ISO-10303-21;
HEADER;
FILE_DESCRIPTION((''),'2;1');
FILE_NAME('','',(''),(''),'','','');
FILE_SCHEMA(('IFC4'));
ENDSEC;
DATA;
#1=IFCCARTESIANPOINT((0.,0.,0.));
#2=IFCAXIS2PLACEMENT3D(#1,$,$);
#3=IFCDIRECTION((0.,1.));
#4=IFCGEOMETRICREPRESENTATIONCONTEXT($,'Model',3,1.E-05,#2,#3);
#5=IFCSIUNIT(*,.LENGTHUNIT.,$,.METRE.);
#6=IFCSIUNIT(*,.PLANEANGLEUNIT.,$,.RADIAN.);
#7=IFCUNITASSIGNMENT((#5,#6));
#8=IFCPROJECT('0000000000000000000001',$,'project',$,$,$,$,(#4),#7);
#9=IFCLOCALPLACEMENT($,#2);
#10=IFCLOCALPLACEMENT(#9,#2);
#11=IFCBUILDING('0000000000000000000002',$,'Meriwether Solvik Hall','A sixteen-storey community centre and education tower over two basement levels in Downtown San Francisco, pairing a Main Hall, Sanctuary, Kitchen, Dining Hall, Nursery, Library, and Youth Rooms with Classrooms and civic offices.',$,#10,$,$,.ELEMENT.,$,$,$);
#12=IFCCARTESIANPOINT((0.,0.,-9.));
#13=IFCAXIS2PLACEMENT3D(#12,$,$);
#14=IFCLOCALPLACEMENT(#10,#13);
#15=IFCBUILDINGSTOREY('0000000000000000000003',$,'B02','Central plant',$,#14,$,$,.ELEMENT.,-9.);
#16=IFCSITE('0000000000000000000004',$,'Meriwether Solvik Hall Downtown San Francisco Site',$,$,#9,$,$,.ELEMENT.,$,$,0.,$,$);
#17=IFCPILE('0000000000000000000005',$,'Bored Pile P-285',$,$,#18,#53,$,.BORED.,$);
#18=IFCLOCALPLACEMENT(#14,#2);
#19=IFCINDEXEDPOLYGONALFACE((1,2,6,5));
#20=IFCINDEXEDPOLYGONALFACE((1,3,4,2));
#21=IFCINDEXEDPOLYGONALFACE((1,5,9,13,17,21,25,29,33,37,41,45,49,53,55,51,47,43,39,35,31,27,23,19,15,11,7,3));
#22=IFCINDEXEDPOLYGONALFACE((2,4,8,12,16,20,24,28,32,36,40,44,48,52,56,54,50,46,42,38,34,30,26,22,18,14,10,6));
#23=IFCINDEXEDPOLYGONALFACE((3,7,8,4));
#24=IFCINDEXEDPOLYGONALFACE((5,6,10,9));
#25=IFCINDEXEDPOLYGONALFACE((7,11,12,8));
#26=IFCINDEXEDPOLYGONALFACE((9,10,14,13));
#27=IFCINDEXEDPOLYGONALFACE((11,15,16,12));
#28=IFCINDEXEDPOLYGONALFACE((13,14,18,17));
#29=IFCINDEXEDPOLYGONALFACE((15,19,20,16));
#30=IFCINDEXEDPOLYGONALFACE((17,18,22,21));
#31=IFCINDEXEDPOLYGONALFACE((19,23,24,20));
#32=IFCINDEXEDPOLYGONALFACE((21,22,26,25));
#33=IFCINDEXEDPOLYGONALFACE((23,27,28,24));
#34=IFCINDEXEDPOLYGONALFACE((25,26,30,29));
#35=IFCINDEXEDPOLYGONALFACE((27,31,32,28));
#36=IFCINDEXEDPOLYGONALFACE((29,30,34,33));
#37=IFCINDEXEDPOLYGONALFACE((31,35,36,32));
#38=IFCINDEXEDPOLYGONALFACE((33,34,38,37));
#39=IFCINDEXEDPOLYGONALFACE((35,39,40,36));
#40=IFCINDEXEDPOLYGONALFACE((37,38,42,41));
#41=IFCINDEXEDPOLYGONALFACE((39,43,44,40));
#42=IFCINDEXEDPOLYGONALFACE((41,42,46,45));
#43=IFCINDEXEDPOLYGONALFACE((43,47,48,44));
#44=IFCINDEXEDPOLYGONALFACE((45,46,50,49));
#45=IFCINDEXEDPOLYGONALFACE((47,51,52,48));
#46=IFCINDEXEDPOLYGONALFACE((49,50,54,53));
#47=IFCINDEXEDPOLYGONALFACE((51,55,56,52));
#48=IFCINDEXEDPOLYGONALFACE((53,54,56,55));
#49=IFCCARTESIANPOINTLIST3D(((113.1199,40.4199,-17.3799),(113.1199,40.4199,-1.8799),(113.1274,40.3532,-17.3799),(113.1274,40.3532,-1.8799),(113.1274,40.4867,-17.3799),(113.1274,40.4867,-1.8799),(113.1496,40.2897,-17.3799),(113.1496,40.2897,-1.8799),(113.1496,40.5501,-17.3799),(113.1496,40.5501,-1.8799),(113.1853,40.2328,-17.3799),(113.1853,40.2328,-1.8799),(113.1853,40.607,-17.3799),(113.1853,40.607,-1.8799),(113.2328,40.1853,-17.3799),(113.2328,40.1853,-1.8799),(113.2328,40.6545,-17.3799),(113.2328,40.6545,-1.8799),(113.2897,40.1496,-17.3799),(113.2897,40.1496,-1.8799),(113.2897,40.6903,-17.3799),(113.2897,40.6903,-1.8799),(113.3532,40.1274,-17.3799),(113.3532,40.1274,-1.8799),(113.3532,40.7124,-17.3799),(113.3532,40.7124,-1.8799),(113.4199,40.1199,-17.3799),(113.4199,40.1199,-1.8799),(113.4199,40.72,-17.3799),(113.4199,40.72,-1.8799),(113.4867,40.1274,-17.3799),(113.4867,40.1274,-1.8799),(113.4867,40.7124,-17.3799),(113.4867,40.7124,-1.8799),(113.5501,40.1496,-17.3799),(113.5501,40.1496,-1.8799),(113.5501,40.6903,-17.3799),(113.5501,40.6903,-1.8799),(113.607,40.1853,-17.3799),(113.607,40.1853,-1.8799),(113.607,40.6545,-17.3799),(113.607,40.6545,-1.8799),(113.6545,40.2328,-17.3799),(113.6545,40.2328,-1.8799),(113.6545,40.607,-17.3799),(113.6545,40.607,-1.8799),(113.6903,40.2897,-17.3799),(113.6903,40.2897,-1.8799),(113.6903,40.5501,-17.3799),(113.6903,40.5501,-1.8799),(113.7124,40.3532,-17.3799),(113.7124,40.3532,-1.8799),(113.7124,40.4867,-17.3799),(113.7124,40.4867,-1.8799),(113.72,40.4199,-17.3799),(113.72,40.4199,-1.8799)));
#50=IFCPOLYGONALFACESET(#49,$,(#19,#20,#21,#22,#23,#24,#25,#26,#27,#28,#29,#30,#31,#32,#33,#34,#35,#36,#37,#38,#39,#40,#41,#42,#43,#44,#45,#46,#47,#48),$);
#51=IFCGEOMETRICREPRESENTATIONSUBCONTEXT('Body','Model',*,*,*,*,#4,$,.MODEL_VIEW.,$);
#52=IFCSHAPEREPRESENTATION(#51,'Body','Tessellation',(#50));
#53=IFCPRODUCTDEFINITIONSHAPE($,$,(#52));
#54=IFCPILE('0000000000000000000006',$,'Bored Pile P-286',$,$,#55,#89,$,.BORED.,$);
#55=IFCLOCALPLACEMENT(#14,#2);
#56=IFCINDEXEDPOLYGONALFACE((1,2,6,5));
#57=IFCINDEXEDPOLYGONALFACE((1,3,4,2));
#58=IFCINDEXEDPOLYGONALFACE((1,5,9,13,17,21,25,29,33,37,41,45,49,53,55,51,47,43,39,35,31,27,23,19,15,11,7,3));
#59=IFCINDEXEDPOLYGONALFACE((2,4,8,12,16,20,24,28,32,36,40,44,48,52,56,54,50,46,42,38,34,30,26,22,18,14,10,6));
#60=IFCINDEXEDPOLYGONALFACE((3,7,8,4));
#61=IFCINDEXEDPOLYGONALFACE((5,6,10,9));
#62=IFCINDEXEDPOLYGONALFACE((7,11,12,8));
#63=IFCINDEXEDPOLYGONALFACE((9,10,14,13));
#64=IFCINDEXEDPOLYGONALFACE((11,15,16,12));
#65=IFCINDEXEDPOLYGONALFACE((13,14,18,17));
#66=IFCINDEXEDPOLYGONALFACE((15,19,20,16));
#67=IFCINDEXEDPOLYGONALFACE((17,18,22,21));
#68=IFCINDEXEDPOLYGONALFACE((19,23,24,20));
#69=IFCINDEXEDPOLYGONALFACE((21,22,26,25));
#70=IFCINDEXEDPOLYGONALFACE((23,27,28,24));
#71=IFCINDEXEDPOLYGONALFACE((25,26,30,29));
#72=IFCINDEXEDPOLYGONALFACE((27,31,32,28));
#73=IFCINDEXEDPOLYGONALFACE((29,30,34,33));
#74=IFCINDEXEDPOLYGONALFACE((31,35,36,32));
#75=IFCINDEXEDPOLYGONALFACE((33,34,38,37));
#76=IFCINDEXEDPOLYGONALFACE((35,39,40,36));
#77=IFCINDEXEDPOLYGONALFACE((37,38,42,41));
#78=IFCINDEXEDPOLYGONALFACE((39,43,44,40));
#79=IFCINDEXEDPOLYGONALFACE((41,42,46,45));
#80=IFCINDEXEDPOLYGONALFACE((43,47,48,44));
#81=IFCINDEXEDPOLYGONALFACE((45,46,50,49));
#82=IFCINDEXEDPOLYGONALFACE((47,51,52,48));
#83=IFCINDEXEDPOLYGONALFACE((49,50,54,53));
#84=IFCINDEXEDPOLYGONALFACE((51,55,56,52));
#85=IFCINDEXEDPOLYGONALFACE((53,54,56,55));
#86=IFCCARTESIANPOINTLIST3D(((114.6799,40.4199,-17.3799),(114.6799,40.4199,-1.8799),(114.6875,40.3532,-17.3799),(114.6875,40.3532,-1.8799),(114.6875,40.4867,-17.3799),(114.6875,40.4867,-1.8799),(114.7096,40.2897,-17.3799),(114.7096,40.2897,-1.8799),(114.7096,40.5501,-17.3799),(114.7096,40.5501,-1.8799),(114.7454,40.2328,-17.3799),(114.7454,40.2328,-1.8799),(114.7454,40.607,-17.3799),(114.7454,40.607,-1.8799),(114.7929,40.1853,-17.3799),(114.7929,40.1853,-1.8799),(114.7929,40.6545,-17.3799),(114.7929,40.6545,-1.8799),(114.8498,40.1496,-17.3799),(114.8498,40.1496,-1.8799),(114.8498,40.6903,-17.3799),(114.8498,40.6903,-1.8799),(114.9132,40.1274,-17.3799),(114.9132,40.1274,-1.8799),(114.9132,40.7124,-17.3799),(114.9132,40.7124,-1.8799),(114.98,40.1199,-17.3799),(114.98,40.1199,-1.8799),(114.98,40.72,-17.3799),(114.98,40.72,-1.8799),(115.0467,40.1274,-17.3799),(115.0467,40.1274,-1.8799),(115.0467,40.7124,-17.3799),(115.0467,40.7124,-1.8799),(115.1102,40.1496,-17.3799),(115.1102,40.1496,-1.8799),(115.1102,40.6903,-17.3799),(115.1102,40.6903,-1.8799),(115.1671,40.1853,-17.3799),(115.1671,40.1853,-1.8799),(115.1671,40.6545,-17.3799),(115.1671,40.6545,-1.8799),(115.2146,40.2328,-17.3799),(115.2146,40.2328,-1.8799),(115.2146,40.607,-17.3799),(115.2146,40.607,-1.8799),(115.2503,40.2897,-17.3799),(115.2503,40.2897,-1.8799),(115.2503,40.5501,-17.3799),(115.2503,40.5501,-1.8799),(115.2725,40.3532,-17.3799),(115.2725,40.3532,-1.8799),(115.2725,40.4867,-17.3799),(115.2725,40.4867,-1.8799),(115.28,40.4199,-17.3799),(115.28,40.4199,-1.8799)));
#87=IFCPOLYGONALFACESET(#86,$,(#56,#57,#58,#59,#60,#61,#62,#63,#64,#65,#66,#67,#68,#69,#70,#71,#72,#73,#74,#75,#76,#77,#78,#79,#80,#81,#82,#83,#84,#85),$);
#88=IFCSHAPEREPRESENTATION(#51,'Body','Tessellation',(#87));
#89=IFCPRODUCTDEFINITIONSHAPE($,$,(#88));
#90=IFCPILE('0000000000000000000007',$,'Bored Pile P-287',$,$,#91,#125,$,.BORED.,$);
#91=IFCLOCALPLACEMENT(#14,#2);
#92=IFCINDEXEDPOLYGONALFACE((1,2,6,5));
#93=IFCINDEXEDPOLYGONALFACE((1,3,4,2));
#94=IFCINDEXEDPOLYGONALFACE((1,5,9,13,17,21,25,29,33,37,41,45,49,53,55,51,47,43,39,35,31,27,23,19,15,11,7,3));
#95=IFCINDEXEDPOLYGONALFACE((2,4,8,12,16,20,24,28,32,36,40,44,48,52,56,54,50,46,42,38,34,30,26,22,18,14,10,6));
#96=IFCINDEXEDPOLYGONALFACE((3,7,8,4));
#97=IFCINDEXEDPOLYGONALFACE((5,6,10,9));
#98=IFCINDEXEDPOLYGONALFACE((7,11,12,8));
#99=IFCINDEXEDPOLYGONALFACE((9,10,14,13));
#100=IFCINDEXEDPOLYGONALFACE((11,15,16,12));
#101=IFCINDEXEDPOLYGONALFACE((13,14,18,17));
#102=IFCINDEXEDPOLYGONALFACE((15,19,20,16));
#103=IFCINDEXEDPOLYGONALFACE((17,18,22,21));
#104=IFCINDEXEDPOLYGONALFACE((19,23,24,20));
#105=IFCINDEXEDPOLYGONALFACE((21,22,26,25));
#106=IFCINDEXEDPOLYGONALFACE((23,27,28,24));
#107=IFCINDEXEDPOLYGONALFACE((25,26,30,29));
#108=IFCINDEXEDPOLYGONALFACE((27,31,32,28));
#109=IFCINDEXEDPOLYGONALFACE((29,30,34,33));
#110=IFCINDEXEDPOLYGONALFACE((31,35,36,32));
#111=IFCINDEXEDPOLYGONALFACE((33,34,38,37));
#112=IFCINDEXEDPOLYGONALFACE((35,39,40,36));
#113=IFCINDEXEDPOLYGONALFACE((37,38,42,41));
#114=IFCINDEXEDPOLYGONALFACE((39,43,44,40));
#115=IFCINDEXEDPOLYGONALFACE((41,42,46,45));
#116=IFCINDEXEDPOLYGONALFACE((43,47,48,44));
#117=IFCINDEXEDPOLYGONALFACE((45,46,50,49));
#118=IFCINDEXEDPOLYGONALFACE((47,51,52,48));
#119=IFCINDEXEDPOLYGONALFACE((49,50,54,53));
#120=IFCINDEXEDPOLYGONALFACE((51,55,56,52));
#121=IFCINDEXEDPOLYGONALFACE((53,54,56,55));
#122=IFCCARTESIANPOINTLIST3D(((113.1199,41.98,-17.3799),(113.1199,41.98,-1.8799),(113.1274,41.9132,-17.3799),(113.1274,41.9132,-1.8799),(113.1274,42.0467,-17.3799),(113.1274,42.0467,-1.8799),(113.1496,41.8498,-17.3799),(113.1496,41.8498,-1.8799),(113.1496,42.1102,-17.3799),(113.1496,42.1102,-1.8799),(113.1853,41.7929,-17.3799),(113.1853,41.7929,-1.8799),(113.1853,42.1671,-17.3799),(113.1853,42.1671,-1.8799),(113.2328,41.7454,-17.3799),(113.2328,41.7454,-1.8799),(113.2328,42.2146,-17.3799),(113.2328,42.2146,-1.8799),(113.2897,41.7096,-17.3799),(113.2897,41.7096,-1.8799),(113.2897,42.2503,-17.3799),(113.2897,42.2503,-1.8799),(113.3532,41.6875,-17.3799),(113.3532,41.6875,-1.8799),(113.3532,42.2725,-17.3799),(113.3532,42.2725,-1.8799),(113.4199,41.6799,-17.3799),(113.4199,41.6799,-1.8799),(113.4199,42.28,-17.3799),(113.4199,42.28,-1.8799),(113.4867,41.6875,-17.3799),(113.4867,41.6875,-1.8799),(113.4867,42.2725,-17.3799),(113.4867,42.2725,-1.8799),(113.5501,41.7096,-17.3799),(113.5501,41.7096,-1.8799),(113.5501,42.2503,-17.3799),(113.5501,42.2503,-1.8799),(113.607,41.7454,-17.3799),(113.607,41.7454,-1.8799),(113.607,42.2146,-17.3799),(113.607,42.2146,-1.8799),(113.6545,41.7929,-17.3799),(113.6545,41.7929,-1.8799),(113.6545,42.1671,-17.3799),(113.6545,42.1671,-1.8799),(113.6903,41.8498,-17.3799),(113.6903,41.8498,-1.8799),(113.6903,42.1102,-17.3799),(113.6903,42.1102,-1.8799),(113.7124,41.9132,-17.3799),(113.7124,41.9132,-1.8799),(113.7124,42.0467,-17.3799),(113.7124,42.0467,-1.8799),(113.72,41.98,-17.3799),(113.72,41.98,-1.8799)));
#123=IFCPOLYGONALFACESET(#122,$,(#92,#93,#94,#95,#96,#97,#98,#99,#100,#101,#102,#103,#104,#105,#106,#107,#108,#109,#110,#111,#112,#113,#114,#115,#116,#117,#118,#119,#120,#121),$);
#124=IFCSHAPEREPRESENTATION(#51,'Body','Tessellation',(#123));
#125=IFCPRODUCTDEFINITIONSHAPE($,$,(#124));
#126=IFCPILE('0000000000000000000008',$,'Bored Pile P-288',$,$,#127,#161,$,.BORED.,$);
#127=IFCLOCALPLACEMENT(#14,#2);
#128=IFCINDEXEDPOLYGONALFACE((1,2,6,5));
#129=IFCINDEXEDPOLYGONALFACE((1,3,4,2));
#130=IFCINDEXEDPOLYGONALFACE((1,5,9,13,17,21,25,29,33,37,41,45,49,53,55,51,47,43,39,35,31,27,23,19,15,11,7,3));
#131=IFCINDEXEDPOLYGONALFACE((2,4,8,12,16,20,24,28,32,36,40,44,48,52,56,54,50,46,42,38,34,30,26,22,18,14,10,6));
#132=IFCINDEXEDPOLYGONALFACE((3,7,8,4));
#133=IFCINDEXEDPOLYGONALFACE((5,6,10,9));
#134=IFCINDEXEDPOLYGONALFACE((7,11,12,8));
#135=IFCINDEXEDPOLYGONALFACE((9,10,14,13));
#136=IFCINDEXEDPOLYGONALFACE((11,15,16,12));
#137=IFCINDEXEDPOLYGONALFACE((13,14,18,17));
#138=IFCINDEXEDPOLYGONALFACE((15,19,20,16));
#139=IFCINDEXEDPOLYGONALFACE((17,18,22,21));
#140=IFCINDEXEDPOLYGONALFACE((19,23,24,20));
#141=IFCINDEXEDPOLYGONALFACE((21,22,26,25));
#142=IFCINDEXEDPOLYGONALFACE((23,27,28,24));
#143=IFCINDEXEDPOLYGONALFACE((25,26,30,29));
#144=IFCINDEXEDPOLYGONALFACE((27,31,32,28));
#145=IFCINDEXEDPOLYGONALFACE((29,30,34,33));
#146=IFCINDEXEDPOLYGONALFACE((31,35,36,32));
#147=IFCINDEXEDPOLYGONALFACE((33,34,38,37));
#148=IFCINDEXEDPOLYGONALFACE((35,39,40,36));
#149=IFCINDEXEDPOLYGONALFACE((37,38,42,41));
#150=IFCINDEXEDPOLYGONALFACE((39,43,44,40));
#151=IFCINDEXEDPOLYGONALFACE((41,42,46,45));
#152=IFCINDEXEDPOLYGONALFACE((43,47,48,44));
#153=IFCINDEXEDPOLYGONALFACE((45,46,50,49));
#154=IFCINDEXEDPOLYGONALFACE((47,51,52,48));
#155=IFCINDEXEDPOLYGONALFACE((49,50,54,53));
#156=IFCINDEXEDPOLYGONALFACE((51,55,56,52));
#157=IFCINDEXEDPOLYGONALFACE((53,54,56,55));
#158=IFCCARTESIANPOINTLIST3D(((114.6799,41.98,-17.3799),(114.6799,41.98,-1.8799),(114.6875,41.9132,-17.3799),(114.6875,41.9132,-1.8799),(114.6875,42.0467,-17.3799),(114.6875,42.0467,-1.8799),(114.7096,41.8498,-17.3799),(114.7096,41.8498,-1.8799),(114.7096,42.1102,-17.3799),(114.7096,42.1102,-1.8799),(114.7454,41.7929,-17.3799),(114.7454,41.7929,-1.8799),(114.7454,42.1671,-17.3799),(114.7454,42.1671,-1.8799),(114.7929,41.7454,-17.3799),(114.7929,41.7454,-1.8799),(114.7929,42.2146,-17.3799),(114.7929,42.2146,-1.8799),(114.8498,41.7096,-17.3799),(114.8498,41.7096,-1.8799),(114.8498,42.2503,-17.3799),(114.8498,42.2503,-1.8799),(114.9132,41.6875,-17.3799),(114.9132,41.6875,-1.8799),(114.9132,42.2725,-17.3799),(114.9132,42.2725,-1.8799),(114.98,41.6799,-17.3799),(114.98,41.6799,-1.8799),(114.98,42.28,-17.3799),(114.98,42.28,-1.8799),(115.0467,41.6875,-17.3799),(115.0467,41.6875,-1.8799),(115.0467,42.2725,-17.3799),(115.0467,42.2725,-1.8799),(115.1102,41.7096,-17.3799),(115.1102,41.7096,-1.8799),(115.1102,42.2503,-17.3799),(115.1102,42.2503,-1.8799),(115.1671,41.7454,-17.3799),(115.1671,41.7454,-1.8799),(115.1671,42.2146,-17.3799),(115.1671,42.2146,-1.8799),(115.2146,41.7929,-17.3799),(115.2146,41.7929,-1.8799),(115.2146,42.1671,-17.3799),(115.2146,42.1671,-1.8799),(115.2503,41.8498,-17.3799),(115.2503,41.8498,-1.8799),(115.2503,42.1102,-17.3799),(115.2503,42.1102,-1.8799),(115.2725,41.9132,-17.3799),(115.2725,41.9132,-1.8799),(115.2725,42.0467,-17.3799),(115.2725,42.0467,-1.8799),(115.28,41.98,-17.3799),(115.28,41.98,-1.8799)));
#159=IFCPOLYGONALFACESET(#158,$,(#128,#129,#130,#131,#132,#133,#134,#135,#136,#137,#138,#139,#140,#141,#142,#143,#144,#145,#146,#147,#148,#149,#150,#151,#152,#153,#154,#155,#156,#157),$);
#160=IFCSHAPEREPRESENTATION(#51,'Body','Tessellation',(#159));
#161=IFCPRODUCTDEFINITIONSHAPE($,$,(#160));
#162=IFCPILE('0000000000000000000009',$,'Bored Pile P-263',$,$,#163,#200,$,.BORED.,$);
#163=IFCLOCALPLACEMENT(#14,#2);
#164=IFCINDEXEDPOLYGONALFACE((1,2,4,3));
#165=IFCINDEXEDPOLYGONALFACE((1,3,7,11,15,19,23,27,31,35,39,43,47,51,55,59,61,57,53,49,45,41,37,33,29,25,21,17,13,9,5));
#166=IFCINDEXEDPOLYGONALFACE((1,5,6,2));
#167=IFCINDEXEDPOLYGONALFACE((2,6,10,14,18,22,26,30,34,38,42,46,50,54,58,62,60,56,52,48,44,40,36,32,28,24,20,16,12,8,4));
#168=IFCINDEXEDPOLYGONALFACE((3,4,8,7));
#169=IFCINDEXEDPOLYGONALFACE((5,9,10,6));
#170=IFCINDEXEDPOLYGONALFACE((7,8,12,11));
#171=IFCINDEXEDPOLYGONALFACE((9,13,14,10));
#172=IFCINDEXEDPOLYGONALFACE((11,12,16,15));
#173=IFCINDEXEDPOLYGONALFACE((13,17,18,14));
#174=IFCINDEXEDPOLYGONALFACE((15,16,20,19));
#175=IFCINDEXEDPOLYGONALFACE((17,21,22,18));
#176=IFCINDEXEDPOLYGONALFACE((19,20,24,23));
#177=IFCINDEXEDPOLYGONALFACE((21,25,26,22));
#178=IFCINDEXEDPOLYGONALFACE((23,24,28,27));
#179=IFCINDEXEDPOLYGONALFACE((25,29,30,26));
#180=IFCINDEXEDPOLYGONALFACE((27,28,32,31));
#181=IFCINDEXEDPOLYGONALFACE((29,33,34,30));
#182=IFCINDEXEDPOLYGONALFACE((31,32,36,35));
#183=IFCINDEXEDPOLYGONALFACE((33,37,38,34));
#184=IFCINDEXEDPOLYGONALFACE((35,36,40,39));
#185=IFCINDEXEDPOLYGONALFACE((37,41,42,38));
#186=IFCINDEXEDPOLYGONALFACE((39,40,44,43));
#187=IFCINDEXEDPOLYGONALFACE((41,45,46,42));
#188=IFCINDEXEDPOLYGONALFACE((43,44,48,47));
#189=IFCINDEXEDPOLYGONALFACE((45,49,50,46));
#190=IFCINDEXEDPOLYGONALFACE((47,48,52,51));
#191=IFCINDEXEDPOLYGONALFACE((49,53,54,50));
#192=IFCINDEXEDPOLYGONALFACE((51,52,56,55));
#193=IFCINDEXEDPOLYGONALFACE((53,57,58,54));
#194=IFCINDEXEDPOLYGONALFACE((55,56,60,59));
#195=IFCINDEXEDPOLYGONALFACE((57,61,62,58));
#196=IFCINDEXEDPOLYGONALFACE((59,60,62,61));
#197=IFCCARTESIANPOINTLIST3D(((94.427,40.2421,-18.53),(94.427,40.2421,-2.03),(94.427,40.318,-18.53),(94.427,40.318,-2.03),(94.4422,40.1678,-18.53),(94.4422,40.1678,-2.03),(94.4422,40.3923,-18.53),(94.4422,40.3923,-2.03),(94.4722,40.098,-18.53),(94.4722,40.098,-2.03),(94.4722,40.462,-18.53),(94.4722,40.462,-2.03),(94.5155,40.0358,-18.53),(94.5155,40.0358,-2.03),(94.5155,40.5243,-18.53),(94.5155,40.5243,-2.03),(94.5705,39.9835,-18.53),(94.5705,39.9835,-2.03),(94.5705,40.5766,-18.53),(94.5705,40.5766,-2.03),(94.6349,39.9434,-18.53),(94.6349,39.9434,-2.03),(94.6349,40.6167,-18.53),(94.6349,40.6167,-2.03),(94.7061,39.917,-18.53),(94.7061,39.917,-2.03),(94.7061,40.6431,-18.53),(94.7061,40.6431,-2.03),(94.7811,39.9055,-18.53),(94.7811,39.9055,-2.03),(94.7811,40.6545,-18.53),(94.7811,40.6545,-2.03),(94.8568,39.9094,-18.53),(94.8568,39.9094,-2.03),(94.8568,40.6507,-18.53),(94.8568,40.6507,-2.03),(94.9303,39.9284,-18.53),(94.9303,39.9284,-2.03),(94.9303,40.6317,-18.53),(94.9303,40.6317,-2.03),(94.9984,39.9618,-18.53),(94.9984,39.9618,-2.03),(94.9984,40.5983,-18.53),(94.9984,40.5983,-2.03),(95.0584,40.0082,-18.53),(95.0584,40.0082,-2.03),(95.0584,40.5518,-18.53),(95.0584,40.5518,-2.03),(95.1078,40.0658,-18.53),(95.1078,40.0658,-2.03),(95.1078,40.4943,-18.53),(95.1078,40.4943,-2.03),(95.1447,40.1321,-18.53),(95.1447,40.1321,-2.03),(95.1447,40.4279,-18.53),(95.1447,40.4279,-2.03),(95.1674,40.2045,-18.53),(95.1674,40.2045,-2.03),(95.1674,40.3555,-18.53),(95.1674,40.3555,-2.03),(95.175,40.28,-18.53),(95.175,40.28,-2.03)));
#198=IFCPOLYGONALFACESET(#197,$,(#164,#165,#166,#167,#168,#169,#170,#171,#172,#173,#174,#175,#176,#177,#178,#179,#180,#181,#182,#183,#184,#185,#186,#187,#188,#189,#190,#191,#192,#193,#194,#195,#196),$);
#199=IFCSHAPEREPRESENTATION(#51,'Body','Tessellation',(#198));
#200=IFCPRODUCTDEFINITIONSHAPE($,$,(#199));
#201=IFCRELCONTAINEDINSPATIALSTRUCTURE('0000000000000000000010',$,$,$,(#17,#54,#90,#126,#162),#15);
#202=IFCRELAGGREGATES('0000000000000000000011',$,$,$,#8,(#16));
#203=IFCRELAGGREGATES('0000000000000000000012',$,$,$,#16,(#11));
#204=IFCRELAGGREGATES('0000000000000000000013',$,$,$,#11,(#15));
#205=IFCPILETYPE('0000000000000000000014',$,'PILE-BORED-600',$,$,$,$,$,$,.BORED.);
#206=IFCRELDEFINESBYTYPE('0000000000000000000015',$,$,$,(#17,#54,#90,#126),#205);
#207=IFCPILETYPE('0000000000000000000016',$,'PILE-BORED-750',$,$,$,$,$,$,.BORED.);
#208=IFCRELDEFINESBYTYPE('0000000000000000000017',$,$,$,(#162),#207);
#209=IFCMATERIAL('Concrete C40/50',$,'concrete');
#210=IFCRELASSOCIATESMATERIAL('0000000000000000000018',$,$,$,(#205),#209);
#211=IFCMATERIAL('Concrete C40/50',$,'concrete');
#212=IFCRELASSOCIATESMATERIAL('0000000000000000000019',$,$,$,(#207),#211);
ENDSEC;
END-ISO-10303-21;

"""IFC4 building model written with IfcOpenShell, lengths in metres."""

from ifc_helpers import new_model, si_unit, direction, frame, origin, origin_2d, place, context, subcontext, project, spatial, circle, extrude, material, material_profile, profile_set, type_object, element, save


model = new_model("IFC4")

# Units and contexts
model_context = context("Model", 3, precision=1e-05, world=origin(), true_north=direction((0.0, 1.0)))
body_context = subcontext(model_context, "Body", "Model", "MODEL_VIEW")
ifc_project = project(units=[si_unit("LENGTHUNIT", "METRE"), si_unit("PLANEANGLEUNIT", "RADIAN")], contexts=[model_context])

# Site, building, storey
site_placement = place(None, origin())
site = spatial("IfcSite", under=ifc_project, at=site_placement, Name="Meriwether Solvik Hall Downtown San Francisco Site", CompositionType="ELEMENT", RefElevation=0.0)
building_placement = place(site_placement, origin())
building = spatial("IfcBuilding", under=site, at=building_placement, Name="Meriwether Solvik Hall", Description="A sixteen-storey community centre and education tower over two basement levels in Downtown San Francisco, pairing a Main Hall, Sanctuary, Kitchen, Dining Hall, Nursery, Library, and Youth Rooms with Classrooms and civic offices.", CompositionType="ELEMENT")
storey_placement = place(building_placement, frame((0.0, 0.0, -9.0)))
storey = spatial("IfcBuildingStorey", under=building, at=storey_placement, Name="B02", Description="Central plant", CompositionType="ELEMENT", Elevation=-9.0)

# Piles
ifc_material_1 = material(Name="Concrete C40/50", Category="concrete")
ifc_material_profile_1 = material_profile(ifc_material_1, circle(Radius=0.3, at=origin_2d()), Name="PILE-D600")
ifc_profile_set_1 = profile_set([ifc_material_profile_1], Name="Concrete C40/50")
pile_type_1 = type_object("IfcPileType", Name="PILE-BORED-600", PredefinedType="BORED", material=ifc_profile_set_1)
for number, where, z_axis, x_axis, name in (
    (1, (113.4199, 40.4199, -1.8799), (0.0, 0.0, -1.0), (1.0, 0.0, 0.0), "Bored Pile P-285"),
    (2, (114.98, 40.4199, -1.8799), (0.0, 0.0, -1.0), (1.0, 0.0, 0.0), "Bored Pile P-286"),
    (3, (113.4199, 41.98, -1.8799), (0.0, 0.0, -1.0), (1.0, 0.0, 0.0), "Bored Pile P-287"),
    (4, (114.98, 41.98, -1.8799), (0.0, 0.0, -1.0), (1.0, 0.0, 0.0), "Bored Pile P-288"),
):
    element("IfcPile", number, at=place(storey_placement, frame(where, z_axis=z_axis, x_axis=x_axis)), inside=storey, type_object=pile_type_1, Name=name, PredefinedType="BORED", context=body_context, shape_type="SweptSolid", body=[
        extrude(circle(Radius=0.3, at=origin_2d()), origin(), (0.0, 0.0, 1.0), 15.5),
    ])
ifc_material_2 = material(Name="Concrete C40/50", Category="concrete")
ifc_material_profile_2 = material_profile(ifc_material_2, circle(Radius=0.375, at=origin_2d()), Name="PILE-D750")
ifc_profile_set_2 = profile_set([ifc_material_profile_2], Name="Concrete C40/50")
pile_type_2 = type_object("IfcPileType", Name="PILE-BORED-750", PredefinedType="BORED", material=ifc_profile_set_2)
for number, where, z_axis, x_axis, name in (
    (5, (94.8, 40.28, -2.03), (0.0, 0.0, -1.0), (1.0, 0.0, 0.0), "Bored Pile P-263"),
):
    element("IfcPile", number, at=place(storey_placement, frame(where, z_axis=z_axis, x_axis=x_axis)), inside=storey, type_object=pile_type_2, Name=name, PredefinedType="BORED", context=body_context, shape_type="SweptSolid", body=[
        extrude(circle(Radius=0.375, at=origin_2d()), origin(), (0.0, 0.0, 1.0), 16.5),
    ])

save(model, "model.ifc")
